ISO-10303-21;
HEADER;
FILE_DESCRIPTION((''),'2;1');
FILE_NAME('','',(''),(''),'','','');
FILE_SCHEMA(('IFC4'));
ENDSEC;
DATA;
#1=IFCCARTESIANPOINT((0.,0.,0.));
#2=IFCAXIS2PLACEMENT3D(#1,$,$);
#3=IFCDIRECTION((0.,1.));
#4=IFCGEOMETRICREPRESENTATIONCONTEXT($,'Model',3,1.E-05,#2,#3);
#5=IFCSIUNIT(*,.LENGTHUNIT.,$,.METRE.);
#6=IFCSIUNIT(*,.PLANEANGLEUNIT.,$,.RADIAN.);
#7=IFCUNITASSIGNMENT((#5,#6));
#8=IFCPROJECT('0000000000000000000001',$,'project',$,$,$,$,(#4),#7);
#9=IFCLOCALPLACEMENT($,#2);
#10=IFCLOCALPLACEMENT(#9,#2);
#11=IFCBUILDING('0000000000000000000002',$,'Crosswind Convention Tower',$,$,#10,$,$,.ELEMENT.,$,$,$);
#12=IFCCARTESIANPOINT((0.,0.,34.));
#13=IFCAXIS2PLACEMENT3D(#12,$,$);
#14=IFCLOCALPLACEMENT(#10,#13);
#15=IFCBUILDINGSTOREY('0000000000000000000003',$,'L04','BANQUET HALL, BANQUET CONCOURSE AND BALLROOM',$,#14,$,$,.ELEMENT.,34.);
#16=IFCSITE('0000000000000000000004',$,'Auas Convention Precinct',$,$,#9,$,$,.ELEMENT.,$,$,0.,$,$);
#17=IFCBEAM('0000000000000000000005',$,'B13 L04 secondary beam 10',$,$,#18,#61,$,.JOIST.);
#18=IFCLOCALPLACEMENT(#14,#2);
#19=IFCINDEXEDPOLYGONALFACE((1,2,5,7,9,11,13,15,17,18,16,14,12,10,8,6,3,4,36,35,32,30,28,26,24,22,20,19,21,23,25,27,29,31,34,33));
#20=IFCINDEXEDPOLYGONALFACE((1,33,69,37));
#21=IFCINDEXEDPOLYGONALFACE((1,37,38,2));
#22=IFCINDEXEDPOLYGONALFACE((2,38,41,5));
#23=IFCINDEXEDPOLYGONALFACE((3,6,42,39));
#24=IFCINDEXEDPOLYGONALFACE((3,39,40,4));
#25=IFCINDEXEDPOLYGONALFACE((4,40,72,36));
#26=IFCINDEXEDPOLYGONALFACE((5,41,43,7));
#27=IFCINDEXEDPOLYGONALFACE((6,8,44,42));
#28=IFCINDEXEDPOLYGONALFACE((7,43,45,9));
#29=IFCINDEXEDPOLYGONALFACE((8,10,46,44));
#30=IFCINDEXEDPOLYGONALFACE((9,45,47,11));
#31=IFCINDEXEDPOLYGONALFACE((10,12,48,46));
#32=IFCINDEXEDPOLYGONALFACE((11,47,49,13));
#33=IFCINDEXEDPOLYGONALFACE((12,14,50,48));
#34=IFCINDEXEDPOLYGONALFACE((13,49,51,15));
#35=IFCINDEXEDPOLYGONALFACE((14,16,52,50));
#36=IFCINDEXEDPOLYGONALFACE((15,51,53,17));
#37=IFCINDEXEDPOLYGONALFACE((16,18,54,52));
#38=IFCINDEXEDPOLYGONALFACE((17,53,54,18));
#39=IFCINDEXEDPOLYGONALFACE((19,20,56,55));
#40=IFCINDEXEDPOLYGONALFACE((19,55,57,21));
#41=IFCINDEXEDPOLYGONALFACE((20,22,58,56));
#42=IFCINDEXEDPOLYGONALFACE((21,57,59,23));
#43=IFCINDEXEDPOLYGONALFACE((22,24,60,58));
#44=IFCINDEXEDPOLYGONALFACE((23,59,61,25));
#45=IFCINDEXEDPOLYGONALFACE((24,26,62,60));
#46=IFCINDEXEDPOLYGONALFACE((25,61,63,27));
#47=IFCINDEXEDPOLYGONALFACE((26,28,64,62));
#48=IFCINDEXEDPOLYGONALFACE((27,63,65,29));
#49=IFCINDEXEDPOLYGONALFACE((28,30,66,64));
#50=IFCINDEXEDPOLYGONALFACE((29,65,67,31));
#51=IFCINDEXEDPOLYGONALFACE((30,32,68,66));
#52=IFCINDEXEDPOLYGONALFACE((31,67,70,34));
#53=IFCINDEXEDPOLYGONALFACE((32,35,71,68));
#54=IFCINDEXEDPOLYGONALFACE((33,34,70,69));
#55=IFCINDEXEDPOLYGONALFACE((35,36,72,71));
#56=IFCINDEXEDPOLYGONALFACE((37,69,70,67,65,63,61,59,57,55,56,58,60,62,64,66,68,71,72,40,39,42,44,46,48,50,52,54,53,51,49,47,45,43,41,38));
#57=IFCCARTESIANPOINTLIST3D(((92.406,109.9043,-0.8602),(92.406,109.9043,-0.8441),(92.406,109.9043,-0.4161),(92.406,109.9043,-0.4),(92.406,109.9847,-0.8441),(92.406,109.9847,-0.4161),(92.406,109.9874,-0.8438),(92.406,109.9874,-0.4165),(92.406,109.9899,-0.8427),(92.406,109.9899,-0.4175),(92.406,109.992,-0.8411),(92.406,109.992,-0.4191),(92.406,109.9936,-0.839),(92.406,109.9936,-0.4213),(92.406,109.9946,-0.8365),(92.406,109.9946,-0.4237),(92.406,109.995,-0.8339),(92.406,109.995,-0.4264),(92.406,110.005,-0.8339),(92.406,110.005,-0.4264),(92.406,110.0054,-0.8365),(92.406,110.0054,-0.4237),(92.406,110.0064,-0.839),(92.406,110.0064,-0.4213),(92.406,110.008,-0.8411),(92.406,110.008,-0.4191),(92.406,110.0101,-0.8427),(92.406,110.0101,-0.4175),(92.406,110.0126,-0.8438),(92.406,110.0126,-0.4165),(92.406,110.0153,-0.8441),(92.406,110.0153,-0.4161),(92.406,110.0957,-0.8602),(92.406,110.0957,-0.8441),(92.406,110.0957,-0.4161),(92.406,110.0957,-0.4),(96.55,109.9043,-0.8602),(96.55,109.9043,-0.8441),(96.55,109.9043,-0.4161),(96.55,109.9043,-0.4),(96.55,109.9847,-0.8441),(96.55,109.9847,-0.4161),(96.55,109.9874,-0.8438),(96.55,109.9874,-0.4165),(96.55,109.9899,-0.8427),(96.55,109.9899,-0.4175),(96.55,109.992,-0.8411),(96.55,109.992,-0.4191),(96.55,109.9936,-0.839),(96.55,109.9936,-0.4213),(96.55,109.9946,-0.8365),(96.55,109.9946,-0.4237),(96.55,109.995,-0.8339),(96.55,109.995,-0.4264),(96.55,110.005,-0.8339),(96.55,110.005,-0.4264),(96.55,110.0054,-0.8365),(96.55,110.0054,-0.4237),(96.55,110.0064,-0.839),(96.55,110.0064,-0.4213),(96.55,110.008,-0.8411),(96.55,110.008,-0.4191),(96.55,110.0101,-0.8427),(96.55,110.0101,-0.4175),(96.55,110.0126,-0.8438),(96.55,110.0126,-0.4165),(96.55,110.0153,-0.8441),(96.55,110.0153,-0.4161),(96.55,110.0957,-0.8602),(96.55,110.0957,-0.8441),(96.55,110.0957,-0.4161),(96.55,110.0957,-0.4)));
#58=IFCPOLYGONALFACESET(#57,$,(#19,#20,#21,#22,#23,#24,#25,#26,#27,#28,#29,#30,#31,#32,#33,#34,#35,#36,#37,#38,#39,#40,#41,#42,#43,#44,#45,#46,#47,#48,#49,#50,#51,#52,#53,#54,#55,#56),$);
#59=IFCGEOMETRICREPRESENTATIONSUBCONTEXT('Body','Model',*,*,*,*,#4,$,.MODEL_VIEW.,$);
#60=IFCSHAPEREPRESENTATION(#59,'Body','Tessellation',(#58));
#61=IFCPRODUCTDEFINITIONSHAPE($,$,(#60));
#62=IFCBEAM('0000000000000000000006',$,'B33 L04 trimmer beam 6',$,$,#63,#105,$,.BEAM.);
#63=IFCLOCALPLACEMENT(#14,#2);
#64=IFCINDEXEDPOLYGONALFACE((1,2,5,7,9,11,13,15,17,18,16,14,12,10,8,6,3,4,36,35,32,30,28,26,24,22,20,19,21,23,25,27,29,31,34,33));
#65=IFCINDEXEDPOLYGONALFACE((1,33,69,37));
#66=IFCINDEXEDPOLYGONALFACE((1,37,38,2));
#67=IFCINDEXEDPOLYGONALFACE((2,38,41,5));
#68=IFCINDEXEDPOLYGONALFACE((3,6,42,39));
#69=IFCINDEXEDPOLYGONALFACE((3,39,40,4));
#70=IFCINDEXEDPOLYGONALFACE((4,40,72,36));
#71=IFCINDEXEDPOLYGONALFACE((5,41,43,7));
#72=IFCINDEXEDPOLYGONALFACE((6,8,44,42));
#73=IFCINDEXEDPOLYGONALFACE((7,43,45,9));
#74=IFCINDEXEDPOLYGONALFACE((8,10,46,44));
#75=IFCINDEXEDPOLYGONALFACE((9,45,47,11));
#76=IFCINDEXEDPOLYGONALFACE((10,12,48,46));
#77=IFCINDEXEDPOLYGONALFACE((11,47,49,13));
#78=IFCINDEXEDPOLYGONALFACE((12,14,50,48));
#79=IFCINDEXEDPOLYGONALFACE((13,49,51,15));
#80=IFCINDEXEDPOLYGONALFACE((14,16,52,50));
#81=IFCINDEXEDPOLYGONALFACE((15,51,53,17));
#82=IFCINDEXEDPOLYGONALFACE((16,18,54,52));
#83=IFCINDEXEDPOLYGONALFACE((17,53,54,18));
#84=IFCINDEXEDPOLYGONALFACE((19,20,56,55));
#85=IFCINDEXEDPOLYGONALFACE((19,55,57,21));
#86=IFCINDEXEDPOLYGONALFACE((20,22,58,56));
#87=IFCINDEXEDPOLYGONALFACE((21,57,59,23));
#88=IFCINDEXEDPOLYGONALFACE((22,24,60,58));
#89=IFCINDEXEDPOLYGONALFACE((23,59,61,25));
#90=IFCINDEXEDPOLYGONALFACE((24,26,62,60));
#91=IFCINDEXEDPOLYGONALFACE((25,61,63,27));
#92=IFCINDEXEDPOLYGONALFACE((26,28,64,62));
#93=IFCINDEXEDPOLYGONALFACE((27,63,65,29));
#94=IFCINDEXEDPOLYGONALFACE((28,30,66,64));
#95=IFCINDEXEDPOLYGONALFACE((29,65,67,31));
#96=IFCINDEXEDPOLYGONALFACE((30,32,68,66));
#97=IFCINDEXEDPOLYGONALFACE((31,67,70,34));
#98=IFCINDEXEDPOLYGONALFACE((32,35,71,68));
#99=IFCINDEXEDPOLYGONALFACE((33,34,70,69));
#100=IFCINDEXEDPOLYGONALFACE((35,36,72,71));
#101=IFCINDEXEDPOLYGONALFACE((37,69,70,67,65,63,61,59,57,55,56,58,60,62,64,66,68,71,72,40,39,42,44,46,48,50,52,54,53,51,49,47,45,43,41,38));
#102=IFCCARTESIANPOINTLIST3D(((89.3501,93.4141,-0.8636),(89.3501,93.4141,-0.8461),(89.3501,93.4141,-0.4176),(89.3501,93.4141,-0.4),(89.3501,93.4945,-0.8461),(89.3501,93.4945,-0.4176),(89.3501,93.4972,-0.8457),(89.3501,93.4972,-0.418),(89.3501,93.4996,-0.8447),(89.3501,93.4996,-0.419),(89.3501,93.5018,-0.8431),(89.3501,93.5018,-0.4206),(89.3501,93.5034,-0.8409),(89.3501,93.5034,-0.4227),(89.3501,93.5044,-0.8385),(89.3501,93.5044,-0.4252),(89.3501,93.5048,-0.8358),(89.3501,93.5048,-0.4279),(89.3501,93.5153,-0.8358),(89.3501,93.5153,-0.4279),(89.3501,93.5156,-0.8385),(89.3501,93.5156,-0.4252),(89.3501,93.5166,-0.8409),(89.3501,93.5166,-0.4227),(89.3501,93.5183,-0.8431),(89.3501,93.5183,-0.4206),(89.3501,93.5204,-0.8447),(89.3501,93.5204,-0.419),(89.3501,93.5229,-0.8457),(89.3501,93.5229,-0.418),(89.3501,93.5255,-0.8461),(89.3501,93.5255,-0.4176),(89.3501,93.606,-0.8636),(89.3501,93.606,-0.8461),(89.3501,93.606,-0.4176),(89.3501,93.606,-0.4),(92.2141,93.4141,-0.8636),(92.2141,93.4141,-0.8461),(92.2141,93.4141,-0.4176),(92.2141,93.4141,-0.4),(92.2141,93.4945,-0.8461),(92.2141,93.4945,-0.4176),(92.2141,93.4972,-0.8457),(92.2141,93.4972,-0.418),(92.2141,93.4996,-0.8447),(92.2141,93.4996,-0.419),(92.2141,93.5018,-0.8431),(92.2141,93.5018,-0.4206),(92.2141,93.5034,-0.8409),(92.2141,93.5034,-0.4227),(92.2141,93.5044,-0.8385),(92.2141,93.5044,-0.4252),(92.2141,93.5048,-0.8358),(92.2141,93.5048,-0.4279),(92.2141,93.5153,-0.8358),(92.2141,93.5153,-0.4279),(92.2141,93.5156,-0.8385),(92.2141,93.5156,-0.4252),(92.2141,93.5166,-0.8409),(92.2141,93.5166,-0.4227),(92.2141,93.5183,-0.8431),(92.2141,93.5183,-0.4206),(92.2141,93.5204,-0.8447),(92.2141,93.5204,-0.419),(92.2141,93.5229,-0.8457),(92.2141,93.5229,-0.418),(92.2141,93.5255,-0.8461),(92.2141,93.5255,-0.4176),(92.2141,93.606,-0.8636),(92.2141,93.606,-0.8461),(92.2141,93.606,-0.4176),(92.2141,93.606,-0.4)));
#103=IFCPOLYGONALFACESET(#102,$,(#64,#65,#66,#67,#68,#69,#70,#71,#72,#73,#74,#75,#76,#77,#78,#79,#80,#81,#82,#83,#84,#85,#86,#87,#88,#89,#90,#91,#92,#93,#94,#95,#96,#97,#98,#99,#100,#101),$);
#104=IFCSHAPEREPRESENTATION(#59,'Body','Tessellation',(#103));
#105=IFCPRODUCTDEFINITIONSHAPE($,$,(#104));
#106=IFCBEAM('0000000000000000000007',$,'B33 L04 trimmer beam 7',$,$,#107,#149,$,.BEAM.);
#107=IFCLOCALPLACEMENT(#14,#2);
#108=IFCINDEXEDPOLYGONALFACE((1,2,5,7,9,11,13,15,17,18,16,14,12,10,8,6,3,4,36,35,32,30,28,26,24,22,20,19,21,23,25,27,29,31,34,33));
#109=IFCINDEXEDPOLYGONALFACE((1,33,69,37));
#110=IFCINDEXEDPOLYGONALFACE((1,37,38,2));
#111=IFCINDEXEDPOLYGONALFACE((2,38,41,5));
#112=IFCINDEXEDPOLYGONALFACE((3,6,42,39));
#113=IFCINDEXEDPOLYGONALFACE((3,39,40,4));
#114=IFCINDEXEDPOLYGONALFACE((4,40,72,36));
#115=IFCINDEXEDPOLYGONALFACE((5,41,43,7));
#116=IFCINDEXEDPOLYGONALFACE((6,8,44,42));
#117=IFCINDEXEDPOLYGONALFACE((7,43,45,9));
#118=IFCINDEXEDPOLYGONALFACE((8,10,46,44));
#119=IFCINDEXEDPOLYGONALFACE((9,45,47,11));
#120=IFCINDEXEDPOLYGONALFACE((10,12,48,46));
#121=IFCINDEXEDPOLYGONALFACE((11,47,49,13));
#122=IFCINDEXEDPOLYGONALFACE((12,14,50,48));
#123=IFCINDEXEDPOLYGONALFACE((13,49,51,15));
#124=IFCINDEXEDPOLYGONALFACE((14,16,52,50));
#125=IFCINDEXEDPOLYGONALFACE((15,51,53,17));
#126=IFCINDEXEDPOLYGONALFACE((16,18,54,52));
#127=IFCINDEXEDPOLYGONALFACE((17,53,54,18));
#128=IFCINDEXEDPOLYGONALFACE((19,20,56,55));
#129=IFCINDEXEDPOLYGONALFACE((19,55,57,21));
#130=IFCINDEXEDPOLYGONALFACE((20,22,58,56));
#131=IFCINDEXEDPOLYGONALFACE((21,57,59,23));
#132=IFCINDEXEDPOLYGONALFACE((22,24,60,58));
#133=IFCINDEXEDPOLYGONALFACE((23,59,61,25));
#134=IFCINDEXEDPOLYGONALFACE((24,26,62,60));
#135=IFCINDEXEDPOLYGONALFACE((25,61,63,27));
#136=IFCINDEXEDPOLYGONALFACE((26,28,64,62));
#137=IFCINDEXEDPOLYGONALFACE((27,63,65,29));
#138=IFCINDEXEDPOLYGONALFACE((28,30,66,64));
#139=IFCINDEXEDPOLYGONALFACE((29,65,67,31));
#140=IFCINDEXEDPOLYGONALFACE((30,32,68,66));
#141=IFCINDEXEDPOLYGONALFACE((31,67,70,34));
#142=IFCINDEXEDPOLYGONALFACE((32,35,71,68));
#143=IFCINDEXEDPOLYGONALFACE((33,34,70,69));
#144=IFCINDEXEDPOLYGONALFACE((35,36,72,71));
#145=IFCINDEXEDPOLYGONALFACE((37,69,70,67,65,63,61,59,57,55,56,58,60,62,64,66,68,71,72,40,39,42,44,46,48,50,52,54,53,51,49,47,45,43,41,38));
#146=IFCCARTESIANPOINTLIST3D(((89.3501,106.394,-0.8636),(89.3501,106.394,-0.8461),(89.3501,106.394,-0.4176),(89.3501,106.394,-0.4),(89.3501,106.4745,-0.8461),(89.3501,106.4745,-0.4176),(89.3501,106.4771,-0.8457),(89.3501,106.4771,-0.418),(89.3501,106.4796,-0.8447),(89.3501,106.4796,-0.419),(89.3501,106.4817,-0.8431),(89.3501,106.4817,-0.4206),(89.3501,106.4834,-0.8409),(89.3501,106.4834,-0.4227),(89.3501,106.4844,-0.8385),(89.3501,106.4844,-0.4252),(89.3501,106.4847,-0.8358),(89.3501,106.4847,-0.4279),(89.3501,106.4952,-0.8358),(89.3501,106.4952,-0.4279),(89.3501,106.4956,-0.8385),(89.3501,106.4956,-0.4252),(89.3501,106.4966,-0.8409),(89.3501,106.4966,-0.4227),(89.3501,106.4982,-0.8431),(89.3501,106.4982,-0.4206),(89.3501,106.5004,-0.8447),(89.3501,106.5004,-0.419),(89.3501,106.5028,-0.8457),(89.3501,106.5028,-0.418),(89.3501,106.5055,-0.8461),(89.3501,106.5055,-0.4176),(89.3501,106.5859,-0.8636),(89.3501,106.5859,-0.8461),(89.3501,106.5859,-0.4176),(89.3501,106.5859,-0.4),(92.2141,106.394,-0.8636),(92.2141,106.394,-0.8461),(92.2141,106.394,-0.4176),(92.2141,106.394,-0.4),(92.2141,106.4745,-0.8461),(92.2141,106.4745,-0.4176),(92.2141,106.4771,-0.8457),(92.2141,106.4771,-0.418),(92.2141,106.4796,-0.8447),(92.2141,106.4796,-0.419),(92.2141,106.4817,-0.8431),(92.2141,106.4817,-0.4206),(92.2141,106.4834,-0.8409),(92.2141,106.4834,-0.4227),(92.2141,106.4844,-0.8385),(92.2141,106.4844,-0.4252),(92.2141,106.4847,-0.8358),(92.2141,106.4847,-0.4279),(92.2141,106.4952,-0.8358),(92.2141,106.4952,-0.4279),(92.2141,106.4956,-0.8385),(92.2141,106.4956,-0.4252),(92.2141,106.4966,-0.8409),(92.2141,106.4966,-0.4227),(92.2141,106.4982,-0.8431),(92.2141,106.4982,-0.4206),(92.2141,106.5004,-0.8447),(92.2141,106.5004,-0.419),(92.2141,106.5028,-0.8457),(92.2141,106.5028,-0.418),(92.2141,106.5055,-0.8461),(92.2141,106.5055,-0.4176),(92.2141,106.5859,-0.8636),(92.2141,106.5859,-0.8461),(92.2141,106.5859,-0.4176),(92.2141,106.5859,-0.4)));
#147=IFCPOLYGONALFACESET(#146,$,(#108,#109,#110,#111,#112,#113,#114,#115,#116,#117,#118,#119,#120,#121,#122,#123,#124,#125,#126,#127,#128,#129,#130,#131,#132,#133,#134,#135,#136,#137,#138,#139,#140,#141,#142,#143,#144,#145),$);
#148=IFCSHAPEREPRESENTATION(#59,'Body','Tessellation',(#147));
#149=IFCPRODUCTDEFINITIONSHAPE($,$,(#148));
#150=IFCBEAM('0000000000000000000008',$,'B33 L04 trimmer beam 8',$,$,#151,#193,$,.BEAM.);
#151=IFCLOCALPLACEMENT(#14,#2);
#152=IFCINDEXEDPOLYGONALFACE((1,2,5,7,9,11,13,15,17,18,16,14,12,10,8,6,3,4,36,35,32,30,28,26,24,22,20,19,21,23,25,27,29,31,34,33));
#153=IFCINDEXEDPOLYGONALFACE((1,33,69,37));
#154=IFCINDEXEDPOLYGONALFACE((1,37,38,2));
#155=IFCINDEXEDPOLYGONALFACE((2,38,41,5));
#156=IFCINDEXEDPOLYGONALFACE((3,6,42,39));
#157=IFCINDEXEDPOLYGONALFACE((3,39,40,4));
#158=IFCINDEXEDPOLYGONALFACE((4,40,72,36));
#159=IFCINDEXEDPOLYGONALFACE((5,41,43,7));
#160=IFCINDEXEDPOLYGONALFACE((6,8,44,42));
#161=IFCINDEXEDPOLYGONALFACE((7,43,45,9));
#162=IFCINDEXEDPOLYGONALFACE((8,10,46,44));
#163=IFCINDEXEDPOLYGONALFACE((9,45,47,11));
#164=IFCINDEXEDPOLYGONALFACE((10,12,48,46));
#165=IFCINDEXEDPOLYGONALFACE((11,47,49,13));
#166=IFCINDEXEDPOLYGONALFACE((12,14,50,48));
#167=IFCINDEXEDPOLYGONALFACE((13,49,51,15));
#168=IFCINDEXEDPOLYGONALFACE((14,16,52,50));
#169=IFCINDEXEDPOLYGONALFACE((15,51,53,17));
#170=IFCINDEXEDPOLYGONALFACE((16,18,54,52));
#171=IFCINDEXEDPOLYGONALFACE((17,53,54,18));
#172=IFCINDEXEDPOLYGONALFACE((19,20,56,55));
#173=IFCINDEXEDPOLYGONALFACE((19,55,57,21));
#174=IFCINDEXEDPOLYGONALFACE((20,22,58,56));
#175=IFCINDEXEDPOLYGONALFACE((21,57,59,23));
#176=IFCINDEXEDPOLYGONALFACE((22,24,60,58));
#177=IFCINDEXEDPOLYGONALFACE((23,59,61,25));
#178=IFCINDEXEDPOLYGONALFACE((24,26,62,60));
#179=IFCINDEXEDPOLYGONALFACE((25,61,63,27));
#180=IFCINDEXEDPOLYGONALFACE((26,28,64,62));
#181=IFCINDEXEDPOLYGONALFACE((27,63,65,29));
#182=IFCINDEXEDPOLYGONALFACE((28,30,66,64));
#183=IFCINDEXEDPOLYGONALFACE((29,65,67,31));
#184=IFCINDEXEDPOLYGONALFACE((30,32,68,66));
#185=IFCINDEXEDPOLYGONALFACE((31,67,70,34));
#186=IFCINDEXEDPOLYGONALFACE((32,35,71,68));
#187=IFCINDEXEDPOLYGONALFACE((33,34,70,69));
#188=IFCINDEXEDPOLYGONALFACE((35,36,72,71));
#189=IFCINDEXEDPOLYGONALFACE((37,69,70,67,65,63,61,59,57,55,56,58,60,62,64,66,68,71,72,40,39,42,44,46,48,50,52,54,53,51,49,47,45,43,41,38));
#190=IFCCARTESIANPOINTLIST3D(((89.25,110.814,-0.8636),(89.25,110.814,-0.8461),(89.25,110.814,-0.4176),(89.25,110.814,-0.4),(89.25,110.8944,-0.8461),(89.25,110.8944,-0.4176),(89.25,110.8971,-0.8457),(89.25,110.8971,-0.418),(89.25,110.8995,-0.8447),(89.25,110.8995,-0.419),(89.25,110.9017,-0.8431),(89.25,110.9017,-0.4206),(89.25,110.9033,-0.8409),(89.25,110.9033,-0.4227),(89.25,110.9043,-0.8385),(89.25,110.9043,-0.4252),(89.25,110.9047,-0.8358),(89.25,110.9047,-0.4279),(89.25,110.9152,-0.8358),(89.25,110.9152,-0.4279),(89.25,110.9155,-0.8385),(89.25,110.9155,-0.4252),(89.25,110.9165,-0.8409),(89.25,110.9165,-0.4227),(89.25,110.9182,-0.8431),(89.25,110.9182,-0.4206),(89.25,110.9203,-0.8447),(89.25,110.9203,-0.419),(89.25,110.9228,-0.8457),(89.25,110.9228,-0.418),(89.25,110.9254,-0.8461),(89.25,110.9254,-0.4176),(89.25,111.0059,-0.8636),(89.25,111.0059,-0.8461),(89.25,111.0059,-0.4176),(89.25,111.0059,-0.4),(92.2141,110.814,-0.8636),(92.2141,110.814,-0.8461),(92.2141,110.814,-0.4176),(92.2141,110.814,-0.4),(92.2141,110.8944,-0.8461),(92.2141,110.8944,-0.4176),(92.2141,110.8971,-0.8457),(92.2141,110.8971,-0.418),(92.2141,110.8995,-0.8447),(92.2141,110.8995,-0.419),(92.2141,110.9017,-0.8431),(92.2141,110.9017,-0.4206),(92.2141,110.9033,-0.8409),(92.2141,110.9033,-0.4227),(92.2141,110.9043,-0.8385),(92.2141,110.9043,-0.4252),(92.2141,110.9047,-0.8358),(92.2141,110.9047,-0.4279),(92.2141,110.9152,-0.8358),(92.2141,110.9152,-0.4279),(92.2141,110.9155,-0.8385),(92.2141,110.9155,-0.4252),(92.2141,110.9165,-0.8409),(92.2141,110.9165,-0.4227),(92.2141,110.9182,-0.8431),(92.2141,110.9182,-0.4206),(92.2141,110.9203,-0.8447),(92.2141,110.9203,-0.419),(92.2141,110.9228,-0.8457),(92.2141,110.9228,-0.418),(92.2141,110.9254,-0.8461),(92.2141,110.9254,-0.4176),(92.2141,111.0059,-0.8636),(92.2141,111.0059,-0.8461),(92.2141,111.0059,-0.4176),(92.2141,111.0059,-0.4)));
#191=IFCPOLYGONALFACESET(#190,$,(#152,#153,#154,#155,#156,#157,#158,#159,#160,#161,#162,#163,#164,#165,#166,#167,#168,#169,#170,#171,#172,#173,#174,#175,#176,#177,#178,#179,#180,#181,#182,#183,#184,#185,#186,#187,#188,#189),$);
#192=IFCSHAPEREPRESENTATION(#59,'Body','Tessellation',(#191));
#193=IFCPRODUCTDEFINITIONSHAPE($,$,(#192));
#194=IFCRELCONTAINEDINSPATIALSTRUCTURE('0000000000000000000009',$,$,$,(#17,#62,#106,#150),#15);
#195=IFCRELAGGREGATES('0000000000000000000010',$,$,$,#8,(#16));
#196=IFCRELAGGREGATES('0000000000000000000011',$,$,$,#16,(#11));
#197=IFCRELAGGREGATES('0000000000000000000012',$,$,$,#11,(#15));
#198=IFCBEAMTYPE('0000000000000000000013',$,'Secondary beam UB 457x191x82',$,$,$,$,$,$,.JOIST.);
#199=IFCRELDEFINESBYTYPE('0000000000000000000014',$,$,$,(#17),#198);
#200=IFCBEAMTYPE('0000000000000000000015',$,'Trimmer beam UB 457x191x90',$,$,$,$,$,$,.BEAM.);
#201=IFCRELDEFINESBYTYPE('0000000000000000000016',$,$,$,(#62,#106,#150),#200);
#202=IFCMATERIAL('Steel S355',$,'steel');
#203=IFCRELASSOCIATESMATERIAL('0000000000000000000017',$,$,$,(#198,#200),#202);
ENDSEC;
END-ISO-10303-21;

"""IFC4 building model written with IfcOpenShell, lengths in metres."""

from ifc_helpers import new_model, si_unit, direction, frame, origin, origin_2d, place, context, subcontext, project, spatial, i_section, extrude, material, material_profile, profile_set, type_object, element, save


model = new_model("IFC4")

# Units and contexts
model_context = context("Model", 3, precision=1e-05, world=origin(), true_north=direction((0.0, 1.0)))
body_context = subcontext(model_context, "Body", "Model", "MODEL_VIEW")
ifc_project = project(units=[si_unit("LENGTHUNIT", "METRE"), si_unit("PLANEANGLEUNIT", "RADIAN")], contexts=[model_context])

# Site, building, storey
site_placement = place(None, origin())
site = spatial("IfcSite", under=ifc_project, at=site_placement, Name="Auas Convention Precinct", CompositionType="ELEMENT", RefElevation=0.0)
building_placement = place(site_placement, origin())
building = spatial("IfcBuilding", under=site, at=building_placement, Name="Crosswind Convention Tower", CompositionType="ELEMENT")
storey_placement = place(building_placement, frame((0.0, 0.0, 34.0)))
storey = spatial("IfcBuildingStorey", under=building, at=storey_placement, Name="L04", Description="BANQUET HALL, BANQUET CONCOURSE AND BALLROOM", CompositionType="ELEMENT", Elevation=34.0)

# Beams
ifc_material_1 = material(Name="Steel S355", Category="steel")
ifc_material_profile_1 = material_profile(ifc_material_1, i_section(OverallWidth=0.1914, OverallDepth=0.4602, WebThickness=0.01, FlangeThickness=0.0161, FilletRadius=0.0103, at=origin_2d()), Name="UB 457x191x82")
ifc_profile_set_1 = profile_set([ifc_material_profile_1], Name="Steel S355")
beam_type_1 = type_object("IfcBeamType", Name="Secondary beam UB 457x191x82", PredefinedType="JOIST", material=ifc_profile_set_1)
beam_1_placement = place(storey_placement, frame((92.406, 110.0, -0.6301), z_axis=(1.0, 0.0, 0.0), x_axis=(0.0, 1.0, 0.0)))
element("IfcBeam", 1, at=beam_1_placement, inside=storey, type_object=beam_type_1, Name="B13 L04 secondary beam 10", PredefinedType="JOIST", context=body_context, shape_type="SweptSolid", body=[
    extrude(i_section(OverallWidth=0.1914, OverallDepth=0.4602, WebThickness=0.01, FlangeThickness=0.0161, FilletRadius=0.0103, at=origin_2d()), origin(), (0.0, 0.0, 1.0), 4.144),
])
ifc_material_profile_2 = material_profile(ifc_material_1, i_section(OverallWidth=0.1919, OverallDepth=0.4636, WebThickness=0.0105, FlangeThickness=0.0176, FilletRadius=0.0103, at=origin_2d()), Name="UB 457x191x90")
ifc_profile_set_2 = profile_set([ifc_material_profile_2], Name="Steel S355")
beam_type_2 = type_object("IfcBeamType", Name="Trimmer beam UB 457x191x90", PredefinedType="BEAM", material=ifc_profile_set_2)
for number, where, z_axis, x_axis, name in (
    (2, (92.2141, 93.51, -0.6318), (-1.0, 0.0, 0.0), (0.0, -1.0, 0.0), "B33 L04 trimmer beam 6"),
    (3, (92.2141, 106.49, -0.6318), (-1.0, 0.0, 0.0), (0.0, -1.0, 0.0), "B33 L04 trimmer beam 7"),
):
    element("IfcBeam", number, at=place(storey_placement, frame(where, z_axis=z_axis, x_axis=x_axis)), inside=storey, type_object=beam_type_2, Name=name, PredefinedType="BEAM", context=body_context, shape_type="SweptSolid", body=[
        extrude(i_section(OverallWidth=0.1919, OverallDepth=0.4636, WebThickness=0.0105, FlangeThickness=0.0176, FilletRadius=0.0103, at=origin_2d()), origin(), (0.0, 0.0, 1.0), 2.864),
    ])
beam_2_placement = place(storey_placement, frame((92.2141, 110.9099, -0.6318), z_axis=(-1.0, 0.0, 0.0), x_axis=(0.0, -1.0, 0.0)))
element("IfcBeam", 4, at=beam_2_placement, inside=storey, type_object=beam_type_2, Name="B33 L04 trimmer beam 8", PredefinedType="BEAM", context=body_context, shape_type="SweptSolid", body=[
    extrude(i_section(OverallWidth=0.1919, OverallDepth=0.4636, WebThickness=0.0105, FlangeThickness=0.0176, FilletRadius=0.0103, at=origin_2d()), origin(), (0.0, 0.0, 1.0), 2.9641),
])

save(model, "model.ifc")
